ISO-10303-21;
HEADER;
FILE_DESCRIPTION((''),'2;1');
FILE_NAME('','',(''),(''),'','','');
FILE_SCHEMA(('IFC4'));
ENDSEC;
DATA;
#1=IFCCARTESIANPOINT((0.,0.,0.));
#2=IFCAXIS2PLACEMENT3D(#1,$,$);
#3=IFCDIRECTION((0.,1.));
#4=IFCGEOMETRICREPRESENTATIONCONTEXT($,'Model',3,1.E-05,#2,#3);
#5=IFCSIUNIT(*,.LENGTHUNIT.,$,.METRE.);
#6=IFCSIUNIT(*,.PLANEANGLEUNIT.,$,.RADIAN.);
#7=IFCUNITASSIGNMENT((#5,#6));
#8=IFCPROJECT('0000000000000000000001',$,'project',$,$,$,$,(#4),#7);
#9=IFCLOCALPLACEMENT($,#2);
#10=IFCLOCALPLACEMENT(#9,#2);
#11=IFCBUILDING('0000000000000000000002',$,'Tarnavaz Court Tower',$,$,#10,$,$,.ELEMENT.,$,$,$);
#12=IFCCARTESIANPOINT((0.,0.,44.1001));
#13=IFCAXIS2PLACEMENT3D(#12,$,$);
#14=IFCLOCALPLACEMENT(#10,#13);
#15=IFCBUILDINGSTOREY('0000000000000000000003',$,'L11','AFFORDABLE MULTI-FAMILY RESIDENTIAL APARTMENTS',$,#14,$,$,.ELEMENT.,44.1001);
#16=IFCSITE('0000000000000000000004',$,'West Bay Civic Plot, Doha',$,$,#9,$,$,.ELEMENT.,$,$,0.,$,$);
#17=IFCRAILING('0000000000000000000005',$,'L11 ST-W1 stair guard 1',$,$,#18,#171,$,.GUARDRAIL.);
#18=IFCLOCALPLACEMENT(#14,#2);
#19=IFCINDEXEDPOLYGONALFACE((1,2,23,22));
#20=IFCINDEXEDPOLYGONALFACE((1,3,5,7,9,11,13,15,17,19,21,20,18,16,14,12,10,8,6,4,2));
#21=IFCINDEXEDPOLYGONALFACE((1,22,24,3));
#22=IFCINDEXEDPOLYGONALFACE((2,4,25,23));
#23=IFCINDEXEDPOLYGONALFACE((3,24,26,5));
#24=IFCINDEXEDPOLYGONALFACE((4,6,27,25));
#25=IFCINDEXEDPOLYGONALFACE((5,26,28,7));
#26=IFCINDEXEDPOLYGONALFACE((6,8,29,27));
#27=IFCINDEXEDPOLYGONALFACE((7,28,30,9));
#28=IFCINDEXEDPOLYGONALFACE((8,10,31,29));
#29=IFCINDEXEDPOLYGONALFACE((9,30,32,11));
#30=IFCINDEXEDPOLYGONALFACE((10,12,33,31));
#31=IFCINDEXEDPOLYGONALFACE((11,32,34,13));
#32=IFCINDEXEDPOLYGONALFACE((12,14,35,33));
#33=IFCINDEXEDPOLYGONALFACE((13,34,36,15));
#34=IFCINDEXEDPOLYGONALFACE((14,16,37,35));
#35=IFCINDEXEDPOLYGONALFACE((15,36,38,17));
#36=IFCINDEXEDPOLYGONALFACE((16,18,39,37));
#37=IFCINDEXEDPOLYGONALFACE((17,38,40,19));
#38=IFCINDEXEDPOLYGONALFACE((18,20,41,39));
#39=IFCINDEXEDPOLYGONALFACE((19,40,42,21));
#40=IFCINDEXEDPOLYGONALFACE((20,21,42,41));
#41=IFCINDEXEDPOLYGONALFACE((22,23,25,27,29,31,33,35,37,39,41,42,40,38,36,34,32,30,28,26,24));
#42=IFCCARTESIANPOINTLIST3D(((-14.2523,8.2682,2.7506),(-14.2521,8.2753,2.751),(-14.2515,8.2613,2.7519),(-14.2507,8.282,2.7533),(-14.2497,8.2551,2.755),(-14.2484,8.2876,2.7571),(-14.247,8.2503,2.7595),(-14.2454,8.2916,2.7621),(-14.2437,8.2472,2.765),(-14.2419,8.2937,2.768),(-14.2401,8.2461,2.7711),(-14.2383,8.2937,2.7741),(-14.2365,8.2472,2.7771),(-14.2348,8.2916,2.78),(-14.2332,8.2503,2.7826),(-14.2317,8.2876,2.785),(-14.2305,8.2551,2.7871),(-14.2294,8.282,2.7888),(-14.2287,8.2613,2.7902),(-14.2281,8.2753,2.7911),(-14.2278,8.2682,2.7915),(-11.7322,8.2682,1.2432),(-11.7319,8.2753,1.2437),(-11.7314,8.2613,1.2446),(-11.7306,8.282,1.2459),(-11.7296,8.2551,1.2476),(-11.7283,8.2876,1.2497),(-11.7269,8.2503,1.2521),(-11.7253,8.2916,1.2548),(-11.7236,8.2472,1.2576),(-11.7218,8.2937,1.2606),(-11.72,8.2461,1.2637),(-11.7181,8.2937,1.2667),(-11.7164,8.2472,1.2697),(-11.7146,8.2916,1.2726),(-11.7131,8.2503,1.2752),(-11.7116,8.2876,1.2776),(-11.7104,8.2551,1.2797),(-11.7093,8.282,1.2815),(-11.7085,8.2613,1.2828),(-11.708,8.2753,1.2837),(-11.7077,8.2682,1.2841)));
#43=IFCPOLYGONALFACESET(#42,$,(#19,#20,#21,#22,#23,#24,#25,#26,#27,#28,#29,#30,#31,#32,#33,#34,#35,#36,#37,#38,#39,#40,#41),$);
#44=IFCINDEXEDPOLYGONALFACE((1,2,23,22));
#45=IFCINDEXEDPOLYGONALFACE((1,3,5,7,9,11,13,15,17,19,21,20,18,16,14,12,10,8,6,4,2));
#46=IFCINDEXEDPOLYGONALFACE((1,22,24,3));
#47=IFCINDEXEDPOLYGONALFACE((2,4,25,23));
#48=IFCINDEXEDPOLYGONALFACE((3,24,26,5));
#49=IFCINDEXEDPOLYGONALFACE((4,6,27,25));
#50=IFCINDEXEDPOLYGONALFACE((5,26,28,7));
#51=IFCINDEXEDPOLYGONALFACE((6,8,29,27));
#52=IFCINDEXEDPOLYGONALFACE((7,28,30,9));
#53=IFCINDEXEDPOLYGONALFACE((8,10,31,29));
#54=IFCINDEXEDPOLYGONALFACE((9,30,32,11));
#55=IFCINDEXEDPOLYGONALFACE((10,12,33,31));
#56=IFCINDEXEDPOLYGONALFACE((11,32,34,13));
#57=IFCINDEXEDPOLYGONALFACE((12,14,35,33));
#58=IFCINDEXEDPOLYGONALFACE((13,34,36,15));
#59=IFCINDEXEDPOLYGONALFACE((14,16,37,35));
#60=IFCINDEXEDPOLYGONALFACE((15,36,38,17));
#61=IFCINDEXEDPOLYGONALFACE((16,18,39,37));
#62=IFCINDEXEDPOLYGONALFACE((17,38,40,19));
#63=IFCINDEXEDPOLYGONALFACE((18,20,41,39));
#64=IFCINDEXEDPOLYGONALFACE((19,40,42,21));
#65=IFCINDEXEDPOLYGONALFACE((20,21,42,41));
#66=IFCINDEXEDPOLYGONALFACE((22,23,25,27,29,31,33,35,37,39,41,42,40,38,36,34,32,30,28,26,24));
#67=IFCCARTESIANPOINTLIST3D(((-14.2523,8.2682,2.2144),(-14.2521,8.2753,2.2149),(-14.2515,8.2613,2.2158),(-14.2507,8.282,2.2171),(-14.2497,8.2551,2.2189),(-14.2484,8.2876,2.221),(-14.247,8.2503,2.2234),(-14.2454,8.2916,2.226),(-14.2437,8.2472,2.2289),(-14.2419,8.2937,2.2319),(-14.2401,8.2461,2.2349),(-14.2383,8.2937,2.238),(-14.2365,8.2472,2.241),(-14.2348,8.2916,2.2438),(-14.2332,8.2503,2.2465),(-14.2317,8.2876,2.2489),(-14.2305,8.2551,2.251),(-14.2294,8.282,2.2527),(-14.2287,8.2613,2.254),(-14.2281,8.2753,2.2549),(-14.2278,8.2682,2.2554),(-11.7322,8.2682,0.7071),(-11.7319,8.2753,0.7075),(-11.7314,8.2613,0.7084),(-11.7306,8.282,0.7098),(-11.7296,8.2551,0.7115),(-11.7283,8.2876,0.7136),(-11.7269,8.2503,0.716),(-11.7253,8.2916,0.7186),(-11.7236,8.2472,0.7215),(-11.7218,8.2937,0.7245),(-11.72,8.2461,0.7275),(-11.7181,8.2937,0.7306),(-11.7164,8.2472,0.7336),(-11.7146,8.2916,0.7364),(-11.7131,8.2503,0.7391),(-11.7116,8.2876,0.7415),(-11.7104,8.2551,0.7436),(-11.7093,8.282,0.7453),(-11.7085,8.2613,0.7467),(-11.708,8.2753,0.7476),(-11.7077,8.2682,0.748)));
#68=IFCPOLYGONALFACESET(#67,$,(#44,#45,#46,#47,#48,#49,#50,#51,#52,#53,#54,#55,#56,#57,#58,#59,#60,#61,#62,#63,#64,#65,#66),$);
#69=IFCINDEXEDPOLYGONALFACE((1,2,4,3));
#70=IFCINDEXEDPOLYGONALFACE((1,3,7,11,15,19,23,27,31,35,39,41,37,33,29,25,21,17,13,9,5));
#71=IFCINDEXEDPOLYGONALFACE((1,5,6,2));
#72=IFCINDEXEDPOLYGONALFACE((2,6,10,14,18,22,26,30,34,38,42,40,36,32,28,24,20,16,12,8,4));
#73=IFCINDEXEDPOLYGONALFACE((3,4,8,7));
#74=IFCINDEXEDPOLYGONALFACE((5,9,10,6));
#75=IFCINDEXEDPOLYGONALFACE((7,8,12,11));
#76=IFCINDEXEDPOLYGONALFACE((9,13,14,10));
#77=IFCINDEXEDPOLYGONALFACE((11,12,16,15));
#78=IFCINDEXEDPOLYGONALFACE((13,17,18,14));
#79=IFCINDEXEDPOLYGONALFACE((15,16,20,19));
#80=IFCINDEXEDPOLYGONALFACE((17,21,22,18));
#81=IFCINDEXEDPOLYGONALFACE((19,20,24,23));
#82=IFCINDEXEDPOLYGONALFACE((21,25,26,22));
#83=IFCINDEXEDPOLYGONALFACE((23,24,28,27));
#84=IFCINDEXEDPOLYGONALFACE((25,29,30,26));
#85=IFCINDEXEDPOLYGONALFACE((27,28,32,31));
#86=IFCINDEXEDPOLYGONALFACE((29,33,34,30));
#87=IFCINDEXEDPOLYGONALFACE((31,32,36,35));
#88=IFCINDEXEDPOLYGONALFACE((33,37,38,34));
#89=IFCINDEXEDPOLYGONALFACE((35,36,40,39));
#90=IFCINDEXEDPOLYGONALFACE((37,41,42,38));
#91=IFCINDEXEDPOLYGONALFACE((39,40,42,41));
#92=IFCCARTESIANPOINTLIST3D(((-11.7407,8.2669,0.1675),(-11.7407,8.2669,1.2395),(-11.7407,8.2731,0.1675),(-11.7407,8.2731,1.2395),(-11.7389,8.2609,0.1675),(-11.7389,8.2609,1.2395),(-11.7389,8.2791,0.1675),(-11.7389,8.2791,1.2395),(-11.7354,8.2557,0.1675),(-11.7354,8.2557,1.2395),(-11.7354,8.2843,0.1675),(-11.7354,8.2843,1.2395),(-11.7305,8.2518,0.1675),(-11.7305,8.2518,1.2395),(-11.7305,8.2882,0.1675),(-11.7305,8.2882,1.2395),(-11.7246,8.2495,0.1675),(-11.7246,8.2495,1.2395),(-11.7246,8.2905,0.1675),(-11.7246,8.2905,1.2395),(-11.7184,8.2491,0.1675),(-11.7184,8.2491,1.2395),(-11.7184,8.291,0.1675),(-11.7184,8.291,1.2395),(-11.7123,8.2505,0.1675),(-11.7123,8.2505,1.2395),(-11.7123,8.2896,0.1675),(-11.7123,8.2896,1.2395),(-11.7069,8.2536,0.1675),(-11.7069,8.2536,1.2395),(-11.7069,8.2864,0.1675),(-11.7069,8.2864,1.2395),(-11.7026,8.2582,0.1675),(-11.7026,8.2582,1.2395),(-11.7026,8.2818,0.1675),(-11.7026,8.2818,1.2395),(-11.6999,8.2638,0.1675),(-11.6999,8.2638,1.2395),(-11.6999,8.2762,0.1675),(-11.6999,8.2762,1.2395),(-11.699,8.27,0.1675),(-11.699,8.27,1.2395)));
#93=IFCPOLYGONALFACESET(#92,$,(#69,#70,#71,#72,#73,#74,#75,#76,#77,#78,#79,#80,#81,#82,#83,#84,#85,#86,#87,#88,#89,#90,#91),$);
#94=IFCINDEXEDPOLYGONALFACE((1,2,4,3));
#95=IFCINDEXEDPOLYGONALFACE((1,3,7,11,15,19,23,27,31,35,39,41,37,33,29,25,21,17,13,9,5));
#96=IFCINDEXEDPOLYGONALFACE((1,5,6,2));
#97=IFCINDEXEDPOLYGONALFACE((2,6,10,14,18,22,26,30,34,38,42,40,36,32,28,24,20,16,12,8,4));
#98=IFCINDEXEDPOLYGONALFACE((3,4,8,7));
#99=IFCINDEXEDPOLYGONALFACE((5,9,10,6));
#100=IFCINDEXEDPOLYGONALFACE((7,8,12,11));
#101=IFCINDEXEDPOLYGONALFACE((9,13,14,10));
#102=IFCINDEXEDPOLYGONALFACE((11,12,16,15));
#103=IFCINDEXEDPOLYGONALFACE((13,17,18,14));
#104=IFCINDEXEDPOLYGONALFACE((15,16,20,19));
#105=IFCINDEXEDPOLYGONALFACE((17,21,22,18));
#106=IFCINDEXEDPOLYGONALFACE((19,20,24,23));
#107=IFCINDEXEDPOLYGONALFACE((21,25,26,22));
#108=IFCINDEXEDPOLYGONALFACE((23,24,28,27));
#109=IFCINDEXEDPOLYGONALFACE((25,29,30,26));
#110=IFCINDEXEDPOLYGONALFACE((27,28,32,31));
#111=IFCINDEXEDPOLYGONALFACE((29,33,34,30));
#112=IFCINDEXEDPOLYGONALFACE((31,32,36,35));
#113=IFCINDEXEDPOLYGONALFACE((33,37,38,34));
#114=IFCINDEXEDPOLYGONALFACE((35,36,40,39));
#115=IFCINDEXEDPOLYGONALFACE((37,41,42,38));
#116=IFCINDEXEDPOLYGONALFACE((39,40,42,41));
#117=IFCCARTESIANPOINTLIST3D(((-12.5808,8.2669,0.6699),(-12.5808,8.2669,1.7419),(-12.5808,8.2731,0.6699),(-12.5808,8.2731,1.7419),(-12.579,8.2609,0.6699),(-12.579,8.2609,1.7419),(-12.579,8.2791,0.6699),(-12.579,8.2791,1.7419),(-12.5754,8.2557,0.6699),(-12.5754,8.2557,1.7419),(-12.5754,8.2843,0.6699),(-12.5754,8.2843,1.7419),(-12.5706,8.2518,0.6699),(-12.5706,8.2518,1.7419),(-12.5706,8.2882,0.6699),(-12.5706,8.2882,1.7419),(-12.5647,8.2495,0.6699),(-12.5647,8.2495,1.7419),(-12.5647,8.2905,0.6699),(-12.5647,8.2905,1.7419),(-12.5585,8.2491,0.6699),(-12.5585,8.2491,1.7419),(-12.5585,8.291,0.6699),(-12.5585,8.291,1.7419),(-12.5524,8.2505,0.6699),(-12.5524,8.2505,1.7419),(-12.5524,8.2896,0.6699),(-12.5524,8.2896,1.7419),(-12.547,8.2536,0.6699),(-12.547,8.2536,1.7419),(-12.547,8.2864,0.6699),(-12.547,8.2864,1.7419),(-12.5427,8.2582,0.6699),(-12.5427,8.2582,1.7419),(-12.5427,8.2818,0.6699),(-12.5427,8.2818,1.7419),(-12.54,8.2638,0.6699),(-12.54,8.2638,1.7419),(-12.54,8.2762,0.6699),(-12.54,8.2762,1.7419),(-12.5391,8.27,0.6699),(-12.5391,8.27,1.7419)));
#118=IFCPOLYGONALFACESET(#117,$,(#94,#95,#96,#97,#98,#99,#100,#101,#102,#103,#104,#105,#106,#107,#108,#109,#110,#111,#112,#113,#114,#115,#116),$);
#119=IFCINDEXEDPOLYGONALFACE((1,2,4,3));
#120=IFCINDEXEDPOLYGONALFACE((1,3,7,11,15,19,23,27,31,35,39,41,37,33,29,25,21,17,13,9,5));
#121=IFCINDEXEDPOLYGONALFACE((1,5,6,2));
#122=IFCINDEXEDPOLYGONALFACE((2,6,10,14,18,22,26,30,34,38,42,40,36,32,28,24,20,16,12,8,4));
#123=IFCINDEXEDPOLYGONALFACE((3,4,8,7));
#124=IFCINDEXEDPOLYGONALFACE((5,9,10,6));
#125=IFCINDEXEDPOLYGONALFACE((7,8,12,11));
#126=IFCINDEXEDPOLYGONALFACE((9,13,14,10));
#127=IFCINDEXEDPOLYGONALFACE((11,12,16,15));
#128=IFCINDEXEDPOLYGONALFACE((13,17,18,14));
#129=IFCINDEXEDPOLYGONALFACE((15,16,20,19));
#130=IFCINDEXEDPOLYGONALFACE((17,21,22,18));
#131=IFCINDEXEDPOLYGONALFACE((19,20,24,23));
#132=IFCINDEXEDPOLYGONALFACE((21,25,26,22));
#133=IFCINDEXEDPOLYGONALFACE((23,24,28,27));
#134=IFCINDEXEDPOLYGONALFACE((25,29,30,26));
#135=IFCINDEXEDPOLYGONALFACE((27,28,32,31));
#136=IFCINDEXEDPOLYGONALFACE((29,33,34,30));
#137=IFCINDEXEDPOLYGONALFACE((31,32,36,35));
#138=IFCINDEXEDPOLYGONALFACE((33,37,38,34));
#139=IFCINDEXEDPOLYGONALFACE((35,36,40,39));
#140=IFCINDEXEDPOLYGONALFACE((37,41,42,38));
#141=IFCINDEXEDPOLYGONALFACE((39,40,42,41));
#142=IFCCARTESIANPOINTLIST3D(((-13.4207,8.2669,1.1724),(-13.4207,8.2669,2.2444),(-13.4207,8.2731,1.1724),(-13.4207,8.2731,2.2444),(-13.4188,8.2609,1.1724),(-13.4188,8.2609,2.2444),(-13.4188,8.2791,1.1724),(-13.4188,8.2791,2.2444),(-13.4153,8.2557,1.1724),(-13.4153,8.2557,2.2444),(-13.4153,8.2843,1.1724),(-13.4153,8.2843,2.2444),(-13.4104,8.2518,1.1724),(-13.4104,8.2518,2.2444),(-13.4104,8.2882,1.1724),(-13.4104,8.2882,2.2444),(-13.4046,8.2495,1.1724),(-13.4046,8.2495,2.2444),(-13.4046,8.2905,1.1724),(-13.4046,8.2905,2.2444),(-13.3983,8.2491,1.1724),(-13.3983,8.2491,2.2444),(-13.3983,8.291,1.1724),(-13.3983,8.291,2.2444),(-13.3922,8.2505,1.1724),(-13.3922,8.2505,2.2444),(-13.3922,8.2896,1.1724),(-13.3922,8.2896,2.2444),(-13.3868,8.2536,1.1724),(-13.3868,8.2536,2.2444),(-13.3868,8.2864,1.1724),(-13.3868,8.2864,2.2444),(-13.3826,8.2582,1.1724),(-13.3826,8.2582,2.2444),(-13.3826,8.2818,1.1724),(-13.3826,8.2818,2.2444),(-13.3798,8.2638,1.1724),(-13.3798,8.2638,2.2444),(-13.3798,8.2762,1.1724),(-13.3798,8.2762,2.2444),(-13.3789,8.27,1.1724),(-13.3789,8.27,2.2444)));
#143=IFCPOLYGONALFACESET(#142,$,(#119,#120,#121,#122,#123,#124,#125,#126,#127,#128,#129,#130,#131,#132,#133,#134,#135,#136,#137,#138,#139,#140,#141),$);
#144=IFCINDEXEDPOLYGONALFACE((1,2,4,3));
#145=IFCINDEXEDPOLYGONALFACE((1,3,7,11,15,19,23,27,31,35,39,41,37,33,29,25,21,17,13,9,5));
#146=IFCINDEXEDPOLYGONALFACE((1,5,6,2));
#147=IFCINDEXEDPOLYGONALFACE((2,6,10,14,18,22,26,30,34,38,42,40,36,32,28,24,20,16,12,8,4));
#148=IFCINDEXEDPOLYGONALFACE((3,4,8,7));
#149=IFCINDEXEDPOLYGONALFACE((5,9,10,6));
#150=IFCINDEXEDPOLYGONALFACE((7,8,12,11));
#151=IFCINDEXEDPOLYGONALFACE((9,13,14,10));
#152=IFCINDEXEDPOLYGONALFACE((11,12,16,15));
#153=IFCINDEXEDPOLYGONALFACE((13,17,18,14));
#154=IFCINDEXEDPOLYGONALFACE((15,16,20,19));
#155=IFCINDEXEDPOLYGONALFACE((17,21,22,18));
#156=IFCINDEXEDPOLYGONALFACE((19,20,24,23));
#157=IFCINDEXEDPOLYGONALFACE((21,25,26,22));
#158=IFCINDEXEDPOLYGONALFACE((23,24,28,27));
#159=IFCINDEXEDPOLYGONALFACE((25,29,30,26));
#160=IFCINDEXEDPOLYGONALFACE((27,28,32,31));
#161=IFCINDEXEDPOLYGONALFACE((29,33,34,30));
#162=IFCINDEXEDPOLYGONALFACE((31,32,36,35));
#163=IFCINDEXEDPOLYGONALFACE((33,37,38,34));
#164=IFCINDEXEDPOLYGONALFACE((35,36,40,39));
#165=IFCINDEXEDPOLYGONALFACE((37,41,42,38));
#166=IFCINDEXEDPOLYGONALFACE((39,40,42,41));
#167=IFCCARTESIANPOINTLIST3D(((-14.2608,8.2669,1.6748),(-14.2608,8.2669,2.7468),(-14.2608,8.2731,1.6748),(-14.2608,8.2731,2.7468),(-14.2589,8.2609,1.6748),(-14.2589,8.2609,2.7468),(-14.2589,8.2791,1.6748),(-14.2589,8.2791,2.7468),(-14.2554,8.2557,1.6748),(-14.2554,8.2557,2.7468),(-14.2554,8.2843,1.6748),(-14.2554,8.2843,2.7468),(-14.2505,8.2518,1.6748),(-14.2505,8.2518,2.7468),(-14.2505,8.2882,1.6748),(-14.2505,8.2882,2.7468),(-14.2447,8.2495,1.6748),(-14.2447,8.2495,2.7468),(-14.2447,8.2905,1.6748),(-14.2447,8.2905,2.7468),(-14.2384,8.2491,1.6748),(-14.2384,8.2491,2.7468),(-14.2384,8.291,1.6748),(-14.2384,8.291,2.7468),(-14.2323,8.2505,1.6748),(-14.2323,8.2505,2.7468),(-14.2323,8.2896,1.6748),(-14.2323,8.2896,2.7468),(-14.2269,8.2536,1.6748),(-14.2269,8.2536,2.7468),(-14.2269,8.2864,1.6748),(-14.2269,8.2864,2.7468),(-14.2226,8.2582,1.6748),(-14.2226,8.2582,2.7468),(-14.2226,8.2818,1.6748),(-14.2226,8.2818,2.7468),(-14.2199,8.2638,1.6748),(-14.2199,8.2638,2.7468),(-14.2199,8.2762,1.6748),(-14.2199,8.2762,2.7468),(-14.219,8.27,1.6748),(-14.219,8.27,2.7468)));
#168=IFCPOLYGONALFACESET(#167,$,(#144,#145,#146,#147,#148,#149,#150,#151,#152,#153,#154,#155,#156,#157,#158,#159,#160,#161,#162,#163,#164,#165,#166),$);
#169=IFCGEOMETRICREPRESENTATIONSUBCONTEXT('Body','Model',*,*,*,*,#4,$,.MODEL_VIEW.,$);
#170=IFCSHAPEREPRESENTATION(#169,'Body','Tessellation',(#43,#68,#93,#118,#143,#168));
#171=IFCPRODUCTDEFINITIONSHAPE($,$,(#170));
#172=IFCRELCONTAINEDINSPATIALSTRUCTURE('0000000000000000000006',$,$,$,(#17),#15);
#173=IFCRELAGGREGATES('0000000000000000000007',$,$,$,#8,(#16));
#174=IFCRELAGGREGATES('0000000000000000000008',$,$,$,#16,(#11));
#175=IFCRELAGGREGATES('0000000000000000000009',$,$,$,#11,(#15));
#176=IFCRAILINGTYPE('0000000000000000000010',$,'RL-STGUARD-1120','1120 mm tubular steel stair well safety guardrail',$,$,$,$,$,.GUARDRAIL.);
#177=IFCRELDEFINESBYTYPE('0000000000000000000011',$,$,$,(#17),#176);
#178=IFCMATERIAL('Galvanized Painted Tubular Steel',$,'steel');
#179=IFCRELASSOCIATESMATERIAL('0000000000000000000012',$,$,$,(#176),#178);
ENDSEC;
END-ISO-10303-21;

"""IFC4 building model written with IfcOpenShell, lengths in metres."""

from ifc_helpers import new_model, si_unit, direction, frame, origin, origin_2d, place, context, subcontext, project, spatial, circle, extrude, material, type_object, element, save


model = new_model("IFC4")

# Units and contexts
model_context = context("Model", 3, precision=1e-05, world=origin(), true_north=direction((0.0, 1.0)))
body_context = subcontext(model_context, "Body", "Model", "MODEL_VIEW")
ifc_project = project(units=[si_unit("LENGTHUNIT", "METRE"), si_unit("PLANEANGLEUNIT", "RADIAN")], contexts=[model_context])

# Site, building, storey
site_placement = place(None, origin())
site = spatial("IfcSite", under=ifc_project, at=site_placement, Name="West Bay Civic Plot, Doha", CompositionType="ELEMENT", RefElevation=0.0)
building_placement = place(site_placement, origin())
building = spatial("IfcBuilding", under=site, at=building_placement, Name="Tarnavaz Court Tower", CompositionType="ELEMENT")
storey_placement = place(building_placement, frame((0.0, 0.0, 44.1001)))
storey = spatial("IfcBuildingStorey", under=building, at=storey_placement, Name="L11", Description="AFFORDABLE MULTI-FAMILY RESIDENTIAL APARTMENTS", CompositionType="ELEMENT", Elevation=44.1001)

# Railing
ifc_material_1 = material(Name="Galvanized Painted Tubular Steel", Category="steel")
railing_type_1 = type_object("IfcRailingType", Name="RL-STGUARD-1120", Description="1120 mm tubular steel stair well safety guardrail", PredefinedType="GUARDRAIL", material=ifc_material_1)
railing_1_placement = place(storey_placement, frame((-11.72, 8.27, 0.1675)))
element("IfcRailing", 1, at=railing_1_placement, inside=storey, type_object=railing_type_1, Name="L11 ST-W1 stair guard 1", PredefinedType="GUARDRAIL", context=body_context, shape_type="SweptSolid", body=[
    extrude(circle(Radius=0.0239, at=origin_2d()), frame((0.0, 0.0, 1.0962), z_axis=(-0.858196, 0.0, 0.513321), x_axis=(0.0, -1.0, 0.0)), (0.0, 0.0, 1.0), 2.9365),
    extrude(circle(Radius=0.0239, at=origin_2d()), frame((0.0, 0.0, 0.5601), z_axis=(-0.858196, 0.0, 0.513321), x_axis=(0.0, -1.0, 0.0)), (0.0, 0.0, 1.0), 2.9365),
    extrude(circle(Radius=0.021, at=origin_2d()), origin(), (0.0, 0.0, 1.0), 1.072),
    extrude(circle(Radius=0.021, at=origin_2d()), frame((-0.8401, 0.0, 0.5024)), (0.0, 0.0, 1.0), 1.072),
    extrude(circle(Radius=0.021, at=origin_2d()), frame((-1.6799, 0.0, 1.0049)), (0.0, 0.0, 1.0), 1.072),
    extrude(circle(Radius=0.021, at=origin_2d()), frame((-2.52, 0.0, 1.5073)), (0.0, 0.0, 1.0), 1.072),
])

save(model, "model.ifc")
